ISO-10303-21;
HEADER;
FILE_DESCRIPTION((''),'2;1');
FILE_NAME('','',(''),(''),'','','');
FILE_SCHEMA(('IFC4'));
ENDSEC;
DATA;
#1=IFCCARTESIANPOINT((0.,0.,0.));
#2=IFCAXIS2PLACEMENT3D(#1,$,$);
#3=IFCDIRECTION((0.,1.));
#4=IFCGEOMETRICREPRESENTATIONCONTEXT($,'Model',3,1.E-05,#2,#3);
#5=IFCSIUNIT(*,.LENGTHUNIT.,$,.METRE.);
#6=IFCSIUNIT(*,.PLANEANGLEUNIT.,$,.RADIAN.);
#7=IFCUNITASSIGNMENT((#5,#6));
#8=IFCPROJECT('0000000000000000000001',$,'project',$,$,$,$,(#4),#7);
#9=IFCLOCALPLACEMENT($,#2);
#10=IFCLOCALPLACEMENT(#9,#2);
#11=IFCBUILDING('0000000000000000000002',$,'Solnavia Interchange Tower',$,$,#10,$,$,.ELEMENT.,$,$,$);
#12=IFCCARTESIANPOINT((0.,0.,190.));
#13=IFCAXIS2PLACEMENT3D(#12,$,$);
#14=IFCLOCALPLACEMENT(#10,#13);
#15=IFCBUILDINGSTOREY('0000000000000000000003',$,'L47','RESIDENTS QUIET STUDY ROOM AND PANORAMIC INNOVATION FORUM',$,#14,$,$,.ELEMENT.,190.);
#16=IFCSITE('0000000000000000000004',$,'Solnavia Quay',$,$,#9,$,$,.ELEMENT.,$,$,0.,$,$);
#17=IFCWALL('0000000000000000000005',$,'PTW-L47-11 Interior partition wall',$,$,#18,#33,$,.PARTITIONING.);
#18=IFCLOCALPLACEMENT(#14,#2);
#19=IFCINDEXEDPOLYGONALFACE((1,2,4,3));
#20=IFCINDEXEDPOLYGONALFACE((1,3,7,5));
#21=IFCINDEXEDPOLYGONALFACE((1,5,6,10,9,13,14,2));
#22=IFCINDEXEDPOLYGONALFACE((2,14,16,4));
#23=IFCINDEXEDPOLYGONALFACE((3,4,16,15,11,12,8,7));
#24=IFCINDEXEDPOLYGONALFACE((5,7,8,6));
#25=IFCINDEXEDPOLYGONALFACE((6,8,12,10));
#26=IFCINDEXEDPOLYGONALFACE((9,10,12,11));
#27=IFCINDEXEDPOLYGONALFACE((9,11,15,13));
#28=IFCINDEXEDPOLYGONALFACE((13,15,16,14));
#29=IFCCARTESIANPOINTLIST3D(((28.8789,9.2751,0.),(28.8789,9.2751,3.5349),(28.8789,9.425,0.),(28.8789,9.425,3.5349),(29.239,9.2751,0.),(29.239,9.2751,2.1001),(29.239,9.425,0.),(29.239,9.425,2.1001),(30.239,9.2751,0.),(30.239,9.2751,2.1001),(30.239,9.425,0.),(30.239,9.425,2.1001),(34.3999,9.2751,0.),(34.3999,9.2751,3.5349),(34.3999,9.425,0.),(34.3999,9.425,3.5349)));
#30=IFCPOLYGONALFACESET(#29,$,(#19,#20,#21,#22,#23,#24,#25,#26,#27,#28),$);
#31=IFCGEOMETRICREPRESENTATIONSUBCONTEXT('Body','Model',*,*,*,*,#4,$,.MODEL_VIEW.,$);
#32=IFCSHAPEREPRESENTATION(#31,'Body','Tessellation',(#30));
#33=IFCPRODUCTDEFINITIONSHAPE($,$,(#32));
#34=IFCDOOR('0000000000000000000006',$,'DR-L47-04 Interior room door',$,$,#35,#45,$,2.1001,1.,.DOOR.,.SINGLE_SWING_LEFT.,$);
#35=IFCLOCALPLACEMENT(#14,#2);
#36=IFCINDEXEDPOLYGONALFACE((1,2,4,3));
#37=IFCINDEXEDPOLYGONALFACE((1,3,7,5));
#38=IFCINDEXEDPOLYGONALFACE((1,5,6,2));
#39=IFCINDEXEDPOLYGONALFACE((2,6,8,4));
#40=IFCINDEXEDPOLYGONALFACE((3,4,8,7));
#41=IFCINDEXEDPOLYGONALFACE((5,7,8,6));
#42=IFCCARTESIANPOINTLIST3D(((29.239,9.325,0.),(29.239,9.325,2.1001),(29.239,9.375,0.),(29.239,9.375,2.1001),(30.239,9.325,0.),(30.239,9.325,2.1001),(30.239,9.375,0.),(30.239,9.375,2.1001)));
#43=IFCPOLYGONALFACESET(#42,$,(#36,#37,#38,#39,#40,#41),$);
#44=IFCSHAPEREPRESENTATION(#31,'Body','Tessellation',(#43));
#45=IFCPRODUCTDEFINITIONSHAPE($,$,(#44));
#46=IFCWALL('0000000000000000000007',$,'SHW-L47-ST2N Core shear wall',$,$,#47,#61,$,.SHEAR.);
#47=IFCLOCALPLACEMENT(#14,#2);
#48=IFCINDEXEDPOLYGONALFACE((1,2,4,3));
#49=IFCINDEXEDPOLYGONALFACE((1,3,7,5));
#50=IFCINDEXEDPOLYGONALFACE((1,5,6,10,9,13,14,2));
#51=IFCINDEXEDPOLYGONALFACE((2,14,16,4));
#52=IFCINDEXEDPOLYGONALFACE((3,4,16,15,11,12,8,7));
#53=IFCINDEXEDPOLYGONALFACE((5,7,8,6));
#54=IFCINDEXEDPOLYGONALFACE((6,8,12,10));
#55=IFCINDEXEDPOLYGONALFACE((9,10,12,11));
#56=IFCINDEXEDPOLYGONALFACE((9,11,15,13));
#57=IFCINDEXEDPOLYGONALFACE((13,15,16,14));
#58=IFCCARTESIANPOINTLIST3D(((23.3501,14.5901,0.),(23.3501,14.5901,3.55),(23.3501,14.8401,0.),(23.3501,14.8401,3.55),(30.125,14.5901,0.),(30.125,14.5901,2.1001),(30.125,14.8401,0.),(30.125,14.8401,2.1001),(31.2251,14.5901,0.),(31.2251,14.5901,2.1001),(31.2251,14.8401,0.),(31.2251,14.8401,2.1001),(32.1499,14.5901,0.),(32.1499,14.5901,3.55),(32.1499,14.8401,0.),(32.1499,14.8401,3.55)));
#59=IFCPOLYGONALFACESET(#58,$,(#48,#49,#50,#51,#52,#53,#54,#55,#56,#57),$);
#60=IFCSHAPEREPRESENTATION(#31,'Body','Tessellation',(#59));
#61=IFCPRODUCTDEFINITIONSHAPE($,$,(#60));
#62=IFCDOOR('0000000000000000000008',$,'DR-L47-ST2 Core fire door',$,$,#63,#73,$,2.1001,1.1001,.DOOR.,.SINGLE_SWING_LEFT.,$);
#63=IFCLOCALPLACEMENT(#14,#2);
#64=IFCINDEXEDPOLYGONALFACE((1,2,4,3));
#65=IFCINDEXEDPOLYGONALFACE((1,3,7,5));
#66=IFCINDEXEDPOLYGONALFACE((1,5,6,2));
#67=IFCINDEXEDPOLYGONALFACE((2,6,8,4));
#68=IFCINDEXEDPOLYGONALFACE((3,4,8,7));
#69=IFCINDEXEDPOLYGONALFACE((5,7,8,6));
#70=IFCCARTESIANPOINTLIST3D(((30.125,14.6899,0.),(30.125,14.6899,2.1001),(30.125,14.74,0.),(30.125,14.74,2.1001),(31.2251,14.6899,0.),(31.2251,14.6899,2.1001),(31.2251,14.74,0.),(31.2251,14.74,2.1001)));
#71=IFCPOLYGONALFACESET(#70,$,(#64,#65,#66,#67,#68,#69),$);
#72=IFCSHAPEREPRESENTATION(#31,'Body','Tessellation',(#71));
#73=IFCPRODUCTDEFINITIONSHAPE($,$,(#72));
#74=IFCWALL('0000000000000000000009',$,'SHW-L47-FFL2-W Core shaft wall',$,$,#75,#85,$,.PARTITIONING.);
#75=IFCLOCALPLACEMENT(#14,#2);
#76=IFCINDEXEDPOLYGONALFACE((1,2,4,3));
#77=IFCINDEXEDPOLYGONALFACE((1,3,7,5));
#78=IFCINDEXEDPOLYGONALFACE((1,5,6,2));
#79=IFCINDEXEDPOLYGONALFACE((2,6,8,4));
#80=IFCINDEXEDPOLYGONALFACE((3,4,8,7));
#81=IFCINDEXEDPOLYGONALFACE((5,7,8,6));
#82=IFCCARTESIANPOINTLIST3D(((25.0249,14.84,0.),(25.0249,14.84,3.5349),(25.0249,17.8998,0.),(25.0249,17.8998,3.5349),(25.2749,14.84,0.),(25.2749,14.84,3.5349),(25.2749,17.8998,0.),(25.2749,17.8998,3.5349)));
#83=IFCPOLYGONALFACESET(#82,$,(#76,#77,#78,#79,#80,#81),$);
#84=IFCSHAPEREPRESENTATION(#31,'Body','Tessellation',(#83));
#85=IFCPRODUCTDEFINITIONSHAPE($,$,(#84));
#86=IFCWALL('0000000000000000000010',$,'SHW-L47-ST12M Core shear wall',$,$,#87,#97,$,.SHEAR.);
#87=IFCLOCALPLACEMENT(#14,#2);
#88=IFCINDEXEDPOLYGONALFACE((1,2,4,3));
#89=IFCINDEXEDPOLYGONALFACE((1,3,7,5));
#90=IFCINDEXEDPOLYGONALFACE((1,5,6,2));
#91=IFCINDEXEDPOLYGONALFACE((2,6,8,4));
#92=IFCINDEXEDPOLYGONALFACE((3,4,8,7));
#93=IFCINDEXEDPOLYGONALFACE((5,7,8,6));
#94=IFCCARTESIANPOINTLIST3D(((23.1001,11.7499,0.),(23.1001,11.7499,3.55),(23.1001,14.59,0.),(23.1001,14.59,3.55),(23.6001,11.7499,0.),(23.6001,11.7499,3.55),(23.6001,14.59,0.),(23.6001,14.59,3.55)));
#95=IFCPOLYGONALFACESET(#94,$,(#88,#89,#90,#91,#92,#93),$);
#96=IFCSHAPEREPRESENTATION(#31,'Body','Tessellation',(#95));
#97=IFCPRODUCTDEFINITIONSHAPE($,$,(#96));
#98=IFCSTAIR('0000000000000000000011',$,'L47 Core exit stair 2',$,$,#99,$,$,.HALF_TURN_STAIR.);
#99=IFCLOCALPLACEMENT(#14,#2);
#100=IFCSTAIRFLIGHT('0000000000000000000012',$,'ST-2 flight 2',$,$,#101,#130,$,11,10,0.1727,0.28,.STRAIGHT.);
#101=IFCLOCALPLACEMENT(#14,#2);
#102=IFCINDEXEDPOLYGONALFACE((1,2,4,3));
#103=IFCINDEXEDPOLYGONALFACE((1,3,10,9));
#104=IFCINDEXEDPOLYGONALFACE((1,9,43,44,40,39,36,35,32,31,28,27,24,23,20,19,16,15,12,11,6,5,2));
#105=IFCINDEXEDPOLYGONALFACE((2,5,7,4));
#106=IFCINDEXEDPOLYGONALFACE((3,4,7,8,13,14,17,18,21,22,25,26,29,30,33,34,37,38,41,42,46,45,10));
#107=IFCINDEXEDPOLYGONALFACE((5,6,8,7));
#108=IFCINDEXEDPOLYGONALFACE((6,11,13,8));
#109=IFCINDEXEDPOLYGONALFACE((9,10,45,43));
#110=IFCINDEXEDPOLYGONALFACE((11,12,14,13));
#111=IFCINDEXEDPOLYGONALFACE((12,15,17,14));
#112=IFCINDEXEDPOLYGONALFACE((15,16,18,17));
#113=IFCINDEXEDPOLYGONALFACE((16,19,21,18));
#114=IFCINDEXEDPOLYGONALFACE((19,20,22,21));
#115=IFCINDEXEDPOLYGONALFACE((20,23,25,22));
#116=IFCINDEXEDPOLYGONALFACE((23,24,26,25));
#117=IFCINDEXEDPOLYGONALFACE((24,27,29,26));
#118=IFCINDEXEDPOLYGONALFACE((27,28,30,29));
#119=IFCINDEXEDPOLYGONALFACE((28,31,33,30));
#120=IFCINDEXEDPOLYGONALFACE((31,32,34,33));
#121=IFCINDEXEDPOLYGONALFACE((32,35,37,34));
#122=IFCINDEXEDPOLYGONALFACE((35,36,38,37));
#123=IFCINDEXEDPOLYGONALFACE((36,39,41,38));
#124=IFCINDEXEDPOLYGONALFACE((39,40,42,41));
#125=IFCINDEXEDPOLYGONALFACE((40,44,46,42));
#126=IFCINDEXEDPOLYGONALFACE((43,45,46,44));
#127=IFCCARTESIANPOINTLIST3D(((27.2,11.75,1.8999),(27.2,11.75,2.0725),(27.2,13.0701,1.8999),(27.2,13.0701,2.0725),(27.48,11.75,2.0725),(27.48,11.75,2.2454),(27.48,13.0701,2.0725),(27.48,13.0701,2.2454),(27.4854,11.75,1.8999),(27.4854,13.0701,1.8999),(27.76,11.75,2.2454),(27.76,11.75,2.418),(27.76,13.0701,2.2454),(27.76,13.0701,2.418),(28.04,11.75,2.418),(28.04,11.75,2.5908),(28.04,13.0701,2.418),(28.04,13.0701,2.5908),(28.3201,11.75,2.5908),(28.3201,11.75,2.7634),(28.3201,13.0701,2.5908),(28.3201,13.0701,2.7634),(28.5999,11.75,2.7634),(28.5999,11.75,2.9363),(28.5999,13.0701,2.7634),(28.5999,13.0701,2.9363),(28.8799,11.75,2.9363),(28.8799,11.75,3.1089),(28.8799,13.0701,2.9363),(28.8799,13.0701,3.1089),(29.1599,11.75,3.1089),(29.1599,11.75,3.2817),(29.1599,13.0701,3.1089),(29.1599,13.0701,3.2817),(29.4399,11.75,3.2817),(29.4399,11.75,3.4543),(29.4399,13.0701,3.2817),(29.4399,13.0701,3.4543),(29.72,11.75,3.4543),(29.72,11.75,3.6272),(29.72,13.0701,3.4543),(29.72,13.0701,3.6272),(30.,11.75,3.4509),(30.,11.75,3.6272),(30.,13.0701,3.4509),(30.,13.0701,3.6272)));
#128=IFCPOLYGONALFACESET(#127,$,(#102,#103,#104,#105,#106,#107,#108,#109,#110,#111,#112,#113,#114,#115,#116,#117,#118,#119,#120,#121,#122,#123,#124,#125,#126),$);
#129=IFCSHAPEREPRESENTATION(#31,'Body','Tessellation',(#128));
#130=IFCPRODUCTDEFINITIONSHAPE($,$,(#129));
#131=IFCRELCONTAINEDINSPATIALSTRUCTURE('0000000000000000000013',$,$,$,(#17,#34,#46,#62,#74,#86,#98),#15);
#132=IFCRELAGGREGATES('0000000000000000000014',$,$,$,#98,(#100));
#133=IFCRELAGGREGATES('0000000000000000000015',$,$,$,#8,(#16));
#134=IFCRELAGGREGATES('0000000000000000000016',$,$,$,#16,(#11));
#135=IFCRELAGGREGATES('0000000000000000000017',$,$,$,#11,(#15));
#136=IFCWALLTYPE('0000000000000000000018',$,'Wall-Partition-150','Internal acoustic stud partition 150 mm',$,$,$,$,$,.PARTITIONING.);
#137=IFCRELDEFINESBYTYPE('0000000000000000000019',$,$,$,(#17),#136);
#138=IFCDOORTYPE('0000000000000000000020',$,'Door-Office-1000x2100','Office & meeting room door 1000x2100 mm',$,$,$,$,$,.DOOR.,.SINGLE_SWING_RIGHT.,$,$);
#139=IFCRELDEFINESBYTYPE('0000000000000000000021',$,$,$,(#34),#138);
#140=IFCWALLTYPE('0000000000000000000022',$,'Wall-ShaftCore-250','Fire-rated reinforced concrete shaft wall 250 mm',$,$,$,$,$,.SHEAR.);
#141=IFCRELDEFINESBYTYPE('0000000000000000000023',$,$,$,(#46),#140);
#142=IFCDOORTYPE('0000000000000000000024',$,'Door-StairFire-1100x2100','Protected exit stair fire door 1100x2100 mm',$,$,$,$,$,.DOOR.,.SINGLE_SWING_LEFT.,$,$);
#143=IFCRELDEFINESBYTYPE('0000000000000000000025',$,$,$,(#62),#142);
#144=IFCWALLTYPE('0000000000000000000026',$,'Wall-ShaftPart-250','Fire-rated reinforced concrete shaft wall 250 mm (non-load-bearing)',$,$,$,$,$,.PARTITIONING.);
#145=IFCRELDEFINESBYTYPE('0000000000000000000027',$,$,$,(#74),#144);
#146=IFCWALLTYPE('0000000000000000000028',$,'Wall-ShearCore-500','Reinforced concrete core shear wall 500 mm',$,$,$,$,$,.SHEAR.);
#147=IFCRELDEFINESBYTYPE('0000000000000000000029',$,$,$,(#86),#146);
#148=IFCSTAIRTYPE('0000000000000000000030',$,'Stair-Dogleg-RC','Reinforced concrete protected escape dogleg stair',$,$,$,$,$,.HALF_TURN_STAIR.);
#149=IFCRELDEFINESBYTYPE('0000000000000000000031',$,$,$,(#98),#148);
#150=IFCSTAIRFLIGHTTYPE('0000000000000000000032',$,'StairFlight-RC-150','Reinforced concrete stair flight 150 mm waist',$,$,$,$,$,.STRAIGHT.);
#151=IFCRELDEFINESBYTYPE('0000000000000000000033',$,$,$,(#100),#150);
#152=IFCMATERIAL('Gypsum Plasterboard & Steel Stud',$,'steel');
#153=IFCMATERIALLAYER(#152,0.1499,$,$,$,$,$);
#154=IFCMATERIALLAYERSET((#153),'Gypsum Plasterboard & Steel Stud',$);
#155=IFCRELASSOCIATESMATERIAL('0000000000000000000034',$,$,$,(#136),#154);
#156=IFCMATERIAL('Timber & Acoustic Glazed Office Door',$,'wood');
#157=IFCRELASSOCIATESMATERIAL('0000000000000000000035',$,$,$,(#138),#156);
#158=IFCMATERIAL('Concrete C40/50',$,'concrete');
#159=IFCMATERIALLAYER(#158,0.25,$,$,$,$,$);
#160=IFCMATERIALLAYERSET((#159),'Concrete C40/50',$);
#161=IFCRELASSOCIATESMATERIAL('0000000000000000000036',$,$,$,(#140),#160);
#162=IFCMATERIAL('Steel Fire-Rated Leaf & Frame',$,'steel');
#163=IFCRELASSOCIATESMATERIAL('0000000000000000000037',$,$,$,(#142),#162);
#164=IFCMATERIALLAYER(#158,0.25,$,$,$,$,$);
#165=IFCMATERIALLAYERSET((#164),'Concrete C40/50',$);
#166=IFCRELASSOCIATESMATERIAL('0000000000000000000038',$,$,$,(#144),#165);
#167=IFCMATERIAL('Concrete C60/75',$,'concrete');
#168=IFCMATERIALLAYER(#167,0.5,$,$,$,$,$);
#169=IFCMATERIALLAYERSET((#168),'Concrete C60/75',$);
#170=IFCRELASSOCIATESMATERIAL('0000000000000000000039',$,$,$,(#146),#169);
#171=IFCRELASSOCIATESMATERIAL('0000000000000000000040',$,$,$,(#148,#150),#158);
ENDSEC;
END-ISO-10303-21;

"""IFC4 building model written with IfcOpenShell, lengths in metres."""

from ifc_helpers import new_model, si_unit, direction, frame, frame_2d, origin, place, context, subcontext, project, spatial, polyline, rectangle, outline, extrude, material, layer, layer_set, type_object, element, fill, aggregate, save


model = new_model("IFC4")

# Units and contexts
model_context = context("Model", 3, precision=1e-05, world=origin(), true_north=direction((0.0, 1.0)))
body_context = subcontext(model_context, "Body", "Model", "MODEL_VIEW")
ifc_project = project(units=[si_unit("LENGTHUNIT", "METRE"), si_unit("PLANEANGLEUNIT", "RADIAN")], contexts=[model_context])

# Site, building, storey
site_placement = place(None, origin())
site = spatial("IfcSite", under=ifc_project, at=site_placement, Name="Solnavia Quay", CompositionType="ELEMENT", RefElevation=0.0)
building_placement = place(site_placement, origin())
building = spatial("IfcBuilding", under=site, at=building_placement, Name="Solnavia Interchange Tower", CompositionType="ELEMENT")
storey_placement = place(building_placement, frame((0.0, 0.0, 190.0)))
storey = spatial("IfcBuildingStorey", under=building, at=storey_placement, Name="L47", Description="RESIDENTS QUIET STUDY ROOM AND PANORAMIC INNOVATION FORUM", CompositionType="ELEMENT", Elevation=190.0)

# Shared definitions
ifc_material_1 = material(Name="Concrete C40/50", Category="concrete")

# Shared definitions
ifc_material_2 = material(Name="Gypsum Plasterboard & Steel Stud", Category="steel")
ifc_layer_1 = layer(ifc_material_2, 0.1499)
ifc_layer_set_1 = layer_set([ifc_layer_1], Name="Gypsum Plasterboard & Steel Stud")
wall_type_1 = type_object("IfcWallType", Name="Wall-Partition-150", Description="Internal acoustic stud partition 150 mm", PredefinedType="PARTITIONING", material=ifc_layer_set_1)

# Walls, openings, doors
wall_1_placement = place(storey_placement, frame((28.8789, 9.3501, 0.0), z_axis=(0.0, 0.0, 1.0), x_axis=(1.0, 0.0, 0.0)))
wall_1 = element("IfcWall", 1, at=wall_1_placement, inside=storey, type_object=wall_type_1, Name="PTW-L47-11 Interior partition wall", PredefinedType="PARTITIONING", context=body_context, shape_type="SweptSolid", body=[
    extrude(rectangle(XDim=5.521, YDim=0.1499, at=frame_2d((2.7605, 0.0))), origin(), (0.0, 0.0, 1.0), 3.5349),
])
opening_1_placement = place(wall_1_placement, frame((0.3601, 0.0, 0.0)))
opening_1 = element("IfcOpeningElement", 2, at=opening_1_placement, cuts=wall_1, PredefinedType="OPENING", context=body_context, shape_type="SweptSolid", body=[
    extrude(rectangle(XDim=1.0, YDim=2.1001, at=frame_2d((0.5, 1.05))), frame((0.0, 0.085, 0.0), z_axis=(0.0, -1.0, 0.0), x_axis=(1.0, 0.0, 0.0)), (0.0, 0.0, 1.0), 0.1699),
])
ifc_material_3 = material(Name="Timber & Acoustic Glazed Office Door", Category="wood")
door_type_1 = type_object("IfcDoorType", Name="Door-Office-1000x2100", Description="Office & meeting room door 1000x2100 mm", OperationType="SINGLE_SWING_RIGHT", PredefinedType="DOOR", material=ifc_material_3)
door_1_placement = place(opening_1_placement, origin())
door_1 = element("IfcDoor", 3, at=door_1_placement, inside=storey, type_object=door_type_1, Name="DR-L47-04 Interior room door", OperationType="SINGLE_SWING_LEFT", OverallHeight=2.1001, OverallWidth=1.0, PredefinedType="DOOR", context=body_context, shape_type="SweptSolid", body=[
    extrude(rectangle(XDim=1.0, YDim=2.1001, at=frame_2d((0.5, 1.05))), frame((0.0, 0.0249, 0.0), z_axis=(0.0, -1.0, 0.0), x_axis=(1.0, 0.0, 0.0)), (0.0, 0.0, 1.0), 0.05),
])
fill(opening_1, door_1)
ifc_layer_2 = layer(ifc_material_1, 0.25)
ifc_layer_set_2 = layer_set([ifc_layer_2], Name="Concrete C40/50")
wall_type_2 = type_object("IfcWallType", Name="Wall-ShaftCore-250", Description="Fire-rated reinforced concrete shaft wall 250 mm", PredefinedType="SHEAR", material=ifc_layer_set_2)
wall_2_placement = place(storey_placement, frame((23.3501, 14.7151, 0.0), z_axis=(0.0, 0.0, 1.0), x_axis=(1.0, 0.0, 0.0)))
wall_2 = element("IfcWall", 4, at=wall_2_placement, inside=storey, type_object=wall_type_2, Name="SHW-L47-ST2N Core shear wall", PredefinedType="SHEAR", context=body_context, shape_type="SweptSolid", body=[
    extrude(rectangle(XDim=8.7998, YDim=0.25, at=frame_2d((4.3999, 0.0))), origin(), (0.0, 0.0, 1.0), 3.55),
])
opening_2_placement = place(wall_2_placement, frame((6.7749, 0.0, 0.0)))
opening_2 = element("IfcOpeningElement", 5, at=opening_2_placement, cuts=wall_2, PredefinedType="OPENING", context=body_context, shape_type="SweptSolid", body=[
    extrude(rectangle(XDim=1.1001, YDim=2.1001, at=frame_2d((0.55, 1.05))), frame((0.0, 0.135, 0.0), z_axis=(0.0, -1.0, 0.0), x_axis=(1.0, 0.0, 0.0)), (0.0, 0.0, 1.0), 0.27),
])
ifc_material_4 = material(Name="Steel Fire-Rated Leaf & Frame", Category="steel")
door_type_2 = type_object("IfcDoorType", Name="Door-StairFire-1100x2100", Description="Protected exit stair fire door 1100x2100 mm", OperationType="SINGLE_SWING_LEFT", PredefinedType="DOOR", material=ifc_material_4)
door_2_placement = place(opening_2_placement, origin())
door_2 = element("IfcDoor", 6, at=door_2_placement, inside=storey, type_object=door_type_2, Name="DR-L47-ST2 Core fire door", OperationType="SINGLE_SWING_LEFT", OverallHeight=2.1001, OverallWidth=1.1001, PredefinedType="DOOR", context=body_context, shape_type="SweptSolid", body=[
    extrude(rectangle(XDim=1.1001, YDim=2.1001, at=frame_2d((0.55, 1.05))), frame((0.0, 0.0249, 0.0), z_axis=(0.0, -1.0, 0.0), x_axis=(1.0, 0.0, 0.0)), (0.0, 0.0, 1.0), 0.05),
])
fill(opening_2, door_2)

# Walls
ifc_layer_3 = layer(ifc_material_1, 0.25)
ifc_layer_set_3 = layer_set([ifc_layer_3], Name="Concrete C40/50")
wall_type_3 = type_object("IfcWallType", Name="Wall-ShaftPart-250", Description="Fire-rated reinforced concrete shaft wall 250 mm (non-load-bearing)", PredefinedType="PARTITIONING", material=ifc_layer_set_3)
wall_3_placement = place(storey_placement, frame((25.1499, 14.8401, 0.0), z_axis=(0.0, 0.0, 1.0), x_axis=(0.0, 1.0, 0.0)))
element("IfcWall", 7, at=wall_3_placement, inside=storey, type_object=wall_type_3, Name="SHW-L47-FFL2-W Core shaft wall", PredefinedType="PARTITIONING", context=body_context, shape_type="SweptSolid", body=[
    extrude(rectangle(XDim=3.0598, YDim=0.25, at=frame_2d((1.5298, 0.0))), origin(), (0.0, 0.0, 1.0), 3.5349),
])
ifc_material_5 = material(Name="Concrete C60/75", Category="concrete")
ifc_layer_4 = layer(ifc_material_5, 0.5)
ifc_layer_set_4 = layer_set([ifc_layer_4], Name="Concrete C60/75")
wall_type_4 = type_object("IfcWallType", Name="Wall-ShearCore-500", Description="Reinforced concrete core shear wall 500 mm", PredefinedType="SHEAR", material=ifc_layer_set_4)
wall_4_placement = place(storey_placement, frame((23.3501, 11.75, 0.0), z_axis=(0.0, 0.0, 1.0), x_axis=(0.0, 1.0, 0.0)))
element("IfcWall", 8, at=wall_4_placement, inside=storey, type_object=wall_type_4, Name="SHW-L47-ST12M Core shear wall", PredefinedType="SHEAR", context=body_context, shape_type="SweptSolid", body=[
    extrude(rectangle(XDim=2.8401, YDim=0.5, at=frame_2d((1.4199, 0.0))), origin(), (0.0, 0.0, 1.0), 3.55),
])

# Stair, stair flight
stair_type = type_object("IfcStairType", Name="Stair-Dogleg-RC", Description="Reinforced concrete protected escape dogleg stair", PredefinedType="HALF_TURN_STAIR", material=ifc_material_1)
stair_placement = place(storey_placement, origin())
stair = element("IfcStair", 9, at=stair_placement, inside=storey, type_object=stair_type, Name="L47 Core exit stair 2", PredefinedType="HALF_TURN_STAIR")
stair_flight_type = type_object("IfcStairFlightType", Name="StairFlight-RC-150", Description="Reinforced concrete stair flight 150 mm waist", PredefinedType="STRAIGHT", material=ifc_material_1)
stair_flight_placement = place(storey_placement, frame((27.2, 12.4099, 1.8999), z_axis=(0.0, 0.0, 1.0), x_axis=(1.0, 0.0, 0.0)))
stair_flight = element("IfcStairFlight", 10, at=stair_flight_placement, type_object=stair_flight_type, Name="ST-2 flight 2", NumberOfRisers=11, NumberOfTreads=10, PredefinedType="STRAIGHT", RiserHeight=0.1727, TreadLength=0.28, context=body_context, shape_type="SweptSolid", body=[
    extrude(outline(polyline([(0.0, 0.0), (0.0, 0.1726), (0.28, 0.1726), (0.28, 0.3455), (0.5601, 0.3455), (0.5601, 0.5181), (0.8401, 0.5181), (0.8401, 0.6909), (1.1201, 0.6909), (1.1201, 0.8635), (1.3999, 0.8635), (1.3999, 1.0364), (1.6799, 1.0364), (1.6799, 1.209), (1.96, 1.209), (1.96, 1.3818), (2.24, 1.3818), (2.24, 1.5544), (2.52, 1.5544), (2.52, 1.7273), (2.8, 1.7273), (2.8, 1.8999), (2.8, 1.551), (0.2854, 0.0), (0.0, 0.0)])), frame((0.0, 0.6602, 0.0), z_axis=(0.0, -1.0, 0.0), x_axis=(1.0, 0.0, 0.0)), (0.0, 0.0, 1.0), 1.3201),
])
aggregate(stair, [stair_flight])

save(model, "model.ifc")
